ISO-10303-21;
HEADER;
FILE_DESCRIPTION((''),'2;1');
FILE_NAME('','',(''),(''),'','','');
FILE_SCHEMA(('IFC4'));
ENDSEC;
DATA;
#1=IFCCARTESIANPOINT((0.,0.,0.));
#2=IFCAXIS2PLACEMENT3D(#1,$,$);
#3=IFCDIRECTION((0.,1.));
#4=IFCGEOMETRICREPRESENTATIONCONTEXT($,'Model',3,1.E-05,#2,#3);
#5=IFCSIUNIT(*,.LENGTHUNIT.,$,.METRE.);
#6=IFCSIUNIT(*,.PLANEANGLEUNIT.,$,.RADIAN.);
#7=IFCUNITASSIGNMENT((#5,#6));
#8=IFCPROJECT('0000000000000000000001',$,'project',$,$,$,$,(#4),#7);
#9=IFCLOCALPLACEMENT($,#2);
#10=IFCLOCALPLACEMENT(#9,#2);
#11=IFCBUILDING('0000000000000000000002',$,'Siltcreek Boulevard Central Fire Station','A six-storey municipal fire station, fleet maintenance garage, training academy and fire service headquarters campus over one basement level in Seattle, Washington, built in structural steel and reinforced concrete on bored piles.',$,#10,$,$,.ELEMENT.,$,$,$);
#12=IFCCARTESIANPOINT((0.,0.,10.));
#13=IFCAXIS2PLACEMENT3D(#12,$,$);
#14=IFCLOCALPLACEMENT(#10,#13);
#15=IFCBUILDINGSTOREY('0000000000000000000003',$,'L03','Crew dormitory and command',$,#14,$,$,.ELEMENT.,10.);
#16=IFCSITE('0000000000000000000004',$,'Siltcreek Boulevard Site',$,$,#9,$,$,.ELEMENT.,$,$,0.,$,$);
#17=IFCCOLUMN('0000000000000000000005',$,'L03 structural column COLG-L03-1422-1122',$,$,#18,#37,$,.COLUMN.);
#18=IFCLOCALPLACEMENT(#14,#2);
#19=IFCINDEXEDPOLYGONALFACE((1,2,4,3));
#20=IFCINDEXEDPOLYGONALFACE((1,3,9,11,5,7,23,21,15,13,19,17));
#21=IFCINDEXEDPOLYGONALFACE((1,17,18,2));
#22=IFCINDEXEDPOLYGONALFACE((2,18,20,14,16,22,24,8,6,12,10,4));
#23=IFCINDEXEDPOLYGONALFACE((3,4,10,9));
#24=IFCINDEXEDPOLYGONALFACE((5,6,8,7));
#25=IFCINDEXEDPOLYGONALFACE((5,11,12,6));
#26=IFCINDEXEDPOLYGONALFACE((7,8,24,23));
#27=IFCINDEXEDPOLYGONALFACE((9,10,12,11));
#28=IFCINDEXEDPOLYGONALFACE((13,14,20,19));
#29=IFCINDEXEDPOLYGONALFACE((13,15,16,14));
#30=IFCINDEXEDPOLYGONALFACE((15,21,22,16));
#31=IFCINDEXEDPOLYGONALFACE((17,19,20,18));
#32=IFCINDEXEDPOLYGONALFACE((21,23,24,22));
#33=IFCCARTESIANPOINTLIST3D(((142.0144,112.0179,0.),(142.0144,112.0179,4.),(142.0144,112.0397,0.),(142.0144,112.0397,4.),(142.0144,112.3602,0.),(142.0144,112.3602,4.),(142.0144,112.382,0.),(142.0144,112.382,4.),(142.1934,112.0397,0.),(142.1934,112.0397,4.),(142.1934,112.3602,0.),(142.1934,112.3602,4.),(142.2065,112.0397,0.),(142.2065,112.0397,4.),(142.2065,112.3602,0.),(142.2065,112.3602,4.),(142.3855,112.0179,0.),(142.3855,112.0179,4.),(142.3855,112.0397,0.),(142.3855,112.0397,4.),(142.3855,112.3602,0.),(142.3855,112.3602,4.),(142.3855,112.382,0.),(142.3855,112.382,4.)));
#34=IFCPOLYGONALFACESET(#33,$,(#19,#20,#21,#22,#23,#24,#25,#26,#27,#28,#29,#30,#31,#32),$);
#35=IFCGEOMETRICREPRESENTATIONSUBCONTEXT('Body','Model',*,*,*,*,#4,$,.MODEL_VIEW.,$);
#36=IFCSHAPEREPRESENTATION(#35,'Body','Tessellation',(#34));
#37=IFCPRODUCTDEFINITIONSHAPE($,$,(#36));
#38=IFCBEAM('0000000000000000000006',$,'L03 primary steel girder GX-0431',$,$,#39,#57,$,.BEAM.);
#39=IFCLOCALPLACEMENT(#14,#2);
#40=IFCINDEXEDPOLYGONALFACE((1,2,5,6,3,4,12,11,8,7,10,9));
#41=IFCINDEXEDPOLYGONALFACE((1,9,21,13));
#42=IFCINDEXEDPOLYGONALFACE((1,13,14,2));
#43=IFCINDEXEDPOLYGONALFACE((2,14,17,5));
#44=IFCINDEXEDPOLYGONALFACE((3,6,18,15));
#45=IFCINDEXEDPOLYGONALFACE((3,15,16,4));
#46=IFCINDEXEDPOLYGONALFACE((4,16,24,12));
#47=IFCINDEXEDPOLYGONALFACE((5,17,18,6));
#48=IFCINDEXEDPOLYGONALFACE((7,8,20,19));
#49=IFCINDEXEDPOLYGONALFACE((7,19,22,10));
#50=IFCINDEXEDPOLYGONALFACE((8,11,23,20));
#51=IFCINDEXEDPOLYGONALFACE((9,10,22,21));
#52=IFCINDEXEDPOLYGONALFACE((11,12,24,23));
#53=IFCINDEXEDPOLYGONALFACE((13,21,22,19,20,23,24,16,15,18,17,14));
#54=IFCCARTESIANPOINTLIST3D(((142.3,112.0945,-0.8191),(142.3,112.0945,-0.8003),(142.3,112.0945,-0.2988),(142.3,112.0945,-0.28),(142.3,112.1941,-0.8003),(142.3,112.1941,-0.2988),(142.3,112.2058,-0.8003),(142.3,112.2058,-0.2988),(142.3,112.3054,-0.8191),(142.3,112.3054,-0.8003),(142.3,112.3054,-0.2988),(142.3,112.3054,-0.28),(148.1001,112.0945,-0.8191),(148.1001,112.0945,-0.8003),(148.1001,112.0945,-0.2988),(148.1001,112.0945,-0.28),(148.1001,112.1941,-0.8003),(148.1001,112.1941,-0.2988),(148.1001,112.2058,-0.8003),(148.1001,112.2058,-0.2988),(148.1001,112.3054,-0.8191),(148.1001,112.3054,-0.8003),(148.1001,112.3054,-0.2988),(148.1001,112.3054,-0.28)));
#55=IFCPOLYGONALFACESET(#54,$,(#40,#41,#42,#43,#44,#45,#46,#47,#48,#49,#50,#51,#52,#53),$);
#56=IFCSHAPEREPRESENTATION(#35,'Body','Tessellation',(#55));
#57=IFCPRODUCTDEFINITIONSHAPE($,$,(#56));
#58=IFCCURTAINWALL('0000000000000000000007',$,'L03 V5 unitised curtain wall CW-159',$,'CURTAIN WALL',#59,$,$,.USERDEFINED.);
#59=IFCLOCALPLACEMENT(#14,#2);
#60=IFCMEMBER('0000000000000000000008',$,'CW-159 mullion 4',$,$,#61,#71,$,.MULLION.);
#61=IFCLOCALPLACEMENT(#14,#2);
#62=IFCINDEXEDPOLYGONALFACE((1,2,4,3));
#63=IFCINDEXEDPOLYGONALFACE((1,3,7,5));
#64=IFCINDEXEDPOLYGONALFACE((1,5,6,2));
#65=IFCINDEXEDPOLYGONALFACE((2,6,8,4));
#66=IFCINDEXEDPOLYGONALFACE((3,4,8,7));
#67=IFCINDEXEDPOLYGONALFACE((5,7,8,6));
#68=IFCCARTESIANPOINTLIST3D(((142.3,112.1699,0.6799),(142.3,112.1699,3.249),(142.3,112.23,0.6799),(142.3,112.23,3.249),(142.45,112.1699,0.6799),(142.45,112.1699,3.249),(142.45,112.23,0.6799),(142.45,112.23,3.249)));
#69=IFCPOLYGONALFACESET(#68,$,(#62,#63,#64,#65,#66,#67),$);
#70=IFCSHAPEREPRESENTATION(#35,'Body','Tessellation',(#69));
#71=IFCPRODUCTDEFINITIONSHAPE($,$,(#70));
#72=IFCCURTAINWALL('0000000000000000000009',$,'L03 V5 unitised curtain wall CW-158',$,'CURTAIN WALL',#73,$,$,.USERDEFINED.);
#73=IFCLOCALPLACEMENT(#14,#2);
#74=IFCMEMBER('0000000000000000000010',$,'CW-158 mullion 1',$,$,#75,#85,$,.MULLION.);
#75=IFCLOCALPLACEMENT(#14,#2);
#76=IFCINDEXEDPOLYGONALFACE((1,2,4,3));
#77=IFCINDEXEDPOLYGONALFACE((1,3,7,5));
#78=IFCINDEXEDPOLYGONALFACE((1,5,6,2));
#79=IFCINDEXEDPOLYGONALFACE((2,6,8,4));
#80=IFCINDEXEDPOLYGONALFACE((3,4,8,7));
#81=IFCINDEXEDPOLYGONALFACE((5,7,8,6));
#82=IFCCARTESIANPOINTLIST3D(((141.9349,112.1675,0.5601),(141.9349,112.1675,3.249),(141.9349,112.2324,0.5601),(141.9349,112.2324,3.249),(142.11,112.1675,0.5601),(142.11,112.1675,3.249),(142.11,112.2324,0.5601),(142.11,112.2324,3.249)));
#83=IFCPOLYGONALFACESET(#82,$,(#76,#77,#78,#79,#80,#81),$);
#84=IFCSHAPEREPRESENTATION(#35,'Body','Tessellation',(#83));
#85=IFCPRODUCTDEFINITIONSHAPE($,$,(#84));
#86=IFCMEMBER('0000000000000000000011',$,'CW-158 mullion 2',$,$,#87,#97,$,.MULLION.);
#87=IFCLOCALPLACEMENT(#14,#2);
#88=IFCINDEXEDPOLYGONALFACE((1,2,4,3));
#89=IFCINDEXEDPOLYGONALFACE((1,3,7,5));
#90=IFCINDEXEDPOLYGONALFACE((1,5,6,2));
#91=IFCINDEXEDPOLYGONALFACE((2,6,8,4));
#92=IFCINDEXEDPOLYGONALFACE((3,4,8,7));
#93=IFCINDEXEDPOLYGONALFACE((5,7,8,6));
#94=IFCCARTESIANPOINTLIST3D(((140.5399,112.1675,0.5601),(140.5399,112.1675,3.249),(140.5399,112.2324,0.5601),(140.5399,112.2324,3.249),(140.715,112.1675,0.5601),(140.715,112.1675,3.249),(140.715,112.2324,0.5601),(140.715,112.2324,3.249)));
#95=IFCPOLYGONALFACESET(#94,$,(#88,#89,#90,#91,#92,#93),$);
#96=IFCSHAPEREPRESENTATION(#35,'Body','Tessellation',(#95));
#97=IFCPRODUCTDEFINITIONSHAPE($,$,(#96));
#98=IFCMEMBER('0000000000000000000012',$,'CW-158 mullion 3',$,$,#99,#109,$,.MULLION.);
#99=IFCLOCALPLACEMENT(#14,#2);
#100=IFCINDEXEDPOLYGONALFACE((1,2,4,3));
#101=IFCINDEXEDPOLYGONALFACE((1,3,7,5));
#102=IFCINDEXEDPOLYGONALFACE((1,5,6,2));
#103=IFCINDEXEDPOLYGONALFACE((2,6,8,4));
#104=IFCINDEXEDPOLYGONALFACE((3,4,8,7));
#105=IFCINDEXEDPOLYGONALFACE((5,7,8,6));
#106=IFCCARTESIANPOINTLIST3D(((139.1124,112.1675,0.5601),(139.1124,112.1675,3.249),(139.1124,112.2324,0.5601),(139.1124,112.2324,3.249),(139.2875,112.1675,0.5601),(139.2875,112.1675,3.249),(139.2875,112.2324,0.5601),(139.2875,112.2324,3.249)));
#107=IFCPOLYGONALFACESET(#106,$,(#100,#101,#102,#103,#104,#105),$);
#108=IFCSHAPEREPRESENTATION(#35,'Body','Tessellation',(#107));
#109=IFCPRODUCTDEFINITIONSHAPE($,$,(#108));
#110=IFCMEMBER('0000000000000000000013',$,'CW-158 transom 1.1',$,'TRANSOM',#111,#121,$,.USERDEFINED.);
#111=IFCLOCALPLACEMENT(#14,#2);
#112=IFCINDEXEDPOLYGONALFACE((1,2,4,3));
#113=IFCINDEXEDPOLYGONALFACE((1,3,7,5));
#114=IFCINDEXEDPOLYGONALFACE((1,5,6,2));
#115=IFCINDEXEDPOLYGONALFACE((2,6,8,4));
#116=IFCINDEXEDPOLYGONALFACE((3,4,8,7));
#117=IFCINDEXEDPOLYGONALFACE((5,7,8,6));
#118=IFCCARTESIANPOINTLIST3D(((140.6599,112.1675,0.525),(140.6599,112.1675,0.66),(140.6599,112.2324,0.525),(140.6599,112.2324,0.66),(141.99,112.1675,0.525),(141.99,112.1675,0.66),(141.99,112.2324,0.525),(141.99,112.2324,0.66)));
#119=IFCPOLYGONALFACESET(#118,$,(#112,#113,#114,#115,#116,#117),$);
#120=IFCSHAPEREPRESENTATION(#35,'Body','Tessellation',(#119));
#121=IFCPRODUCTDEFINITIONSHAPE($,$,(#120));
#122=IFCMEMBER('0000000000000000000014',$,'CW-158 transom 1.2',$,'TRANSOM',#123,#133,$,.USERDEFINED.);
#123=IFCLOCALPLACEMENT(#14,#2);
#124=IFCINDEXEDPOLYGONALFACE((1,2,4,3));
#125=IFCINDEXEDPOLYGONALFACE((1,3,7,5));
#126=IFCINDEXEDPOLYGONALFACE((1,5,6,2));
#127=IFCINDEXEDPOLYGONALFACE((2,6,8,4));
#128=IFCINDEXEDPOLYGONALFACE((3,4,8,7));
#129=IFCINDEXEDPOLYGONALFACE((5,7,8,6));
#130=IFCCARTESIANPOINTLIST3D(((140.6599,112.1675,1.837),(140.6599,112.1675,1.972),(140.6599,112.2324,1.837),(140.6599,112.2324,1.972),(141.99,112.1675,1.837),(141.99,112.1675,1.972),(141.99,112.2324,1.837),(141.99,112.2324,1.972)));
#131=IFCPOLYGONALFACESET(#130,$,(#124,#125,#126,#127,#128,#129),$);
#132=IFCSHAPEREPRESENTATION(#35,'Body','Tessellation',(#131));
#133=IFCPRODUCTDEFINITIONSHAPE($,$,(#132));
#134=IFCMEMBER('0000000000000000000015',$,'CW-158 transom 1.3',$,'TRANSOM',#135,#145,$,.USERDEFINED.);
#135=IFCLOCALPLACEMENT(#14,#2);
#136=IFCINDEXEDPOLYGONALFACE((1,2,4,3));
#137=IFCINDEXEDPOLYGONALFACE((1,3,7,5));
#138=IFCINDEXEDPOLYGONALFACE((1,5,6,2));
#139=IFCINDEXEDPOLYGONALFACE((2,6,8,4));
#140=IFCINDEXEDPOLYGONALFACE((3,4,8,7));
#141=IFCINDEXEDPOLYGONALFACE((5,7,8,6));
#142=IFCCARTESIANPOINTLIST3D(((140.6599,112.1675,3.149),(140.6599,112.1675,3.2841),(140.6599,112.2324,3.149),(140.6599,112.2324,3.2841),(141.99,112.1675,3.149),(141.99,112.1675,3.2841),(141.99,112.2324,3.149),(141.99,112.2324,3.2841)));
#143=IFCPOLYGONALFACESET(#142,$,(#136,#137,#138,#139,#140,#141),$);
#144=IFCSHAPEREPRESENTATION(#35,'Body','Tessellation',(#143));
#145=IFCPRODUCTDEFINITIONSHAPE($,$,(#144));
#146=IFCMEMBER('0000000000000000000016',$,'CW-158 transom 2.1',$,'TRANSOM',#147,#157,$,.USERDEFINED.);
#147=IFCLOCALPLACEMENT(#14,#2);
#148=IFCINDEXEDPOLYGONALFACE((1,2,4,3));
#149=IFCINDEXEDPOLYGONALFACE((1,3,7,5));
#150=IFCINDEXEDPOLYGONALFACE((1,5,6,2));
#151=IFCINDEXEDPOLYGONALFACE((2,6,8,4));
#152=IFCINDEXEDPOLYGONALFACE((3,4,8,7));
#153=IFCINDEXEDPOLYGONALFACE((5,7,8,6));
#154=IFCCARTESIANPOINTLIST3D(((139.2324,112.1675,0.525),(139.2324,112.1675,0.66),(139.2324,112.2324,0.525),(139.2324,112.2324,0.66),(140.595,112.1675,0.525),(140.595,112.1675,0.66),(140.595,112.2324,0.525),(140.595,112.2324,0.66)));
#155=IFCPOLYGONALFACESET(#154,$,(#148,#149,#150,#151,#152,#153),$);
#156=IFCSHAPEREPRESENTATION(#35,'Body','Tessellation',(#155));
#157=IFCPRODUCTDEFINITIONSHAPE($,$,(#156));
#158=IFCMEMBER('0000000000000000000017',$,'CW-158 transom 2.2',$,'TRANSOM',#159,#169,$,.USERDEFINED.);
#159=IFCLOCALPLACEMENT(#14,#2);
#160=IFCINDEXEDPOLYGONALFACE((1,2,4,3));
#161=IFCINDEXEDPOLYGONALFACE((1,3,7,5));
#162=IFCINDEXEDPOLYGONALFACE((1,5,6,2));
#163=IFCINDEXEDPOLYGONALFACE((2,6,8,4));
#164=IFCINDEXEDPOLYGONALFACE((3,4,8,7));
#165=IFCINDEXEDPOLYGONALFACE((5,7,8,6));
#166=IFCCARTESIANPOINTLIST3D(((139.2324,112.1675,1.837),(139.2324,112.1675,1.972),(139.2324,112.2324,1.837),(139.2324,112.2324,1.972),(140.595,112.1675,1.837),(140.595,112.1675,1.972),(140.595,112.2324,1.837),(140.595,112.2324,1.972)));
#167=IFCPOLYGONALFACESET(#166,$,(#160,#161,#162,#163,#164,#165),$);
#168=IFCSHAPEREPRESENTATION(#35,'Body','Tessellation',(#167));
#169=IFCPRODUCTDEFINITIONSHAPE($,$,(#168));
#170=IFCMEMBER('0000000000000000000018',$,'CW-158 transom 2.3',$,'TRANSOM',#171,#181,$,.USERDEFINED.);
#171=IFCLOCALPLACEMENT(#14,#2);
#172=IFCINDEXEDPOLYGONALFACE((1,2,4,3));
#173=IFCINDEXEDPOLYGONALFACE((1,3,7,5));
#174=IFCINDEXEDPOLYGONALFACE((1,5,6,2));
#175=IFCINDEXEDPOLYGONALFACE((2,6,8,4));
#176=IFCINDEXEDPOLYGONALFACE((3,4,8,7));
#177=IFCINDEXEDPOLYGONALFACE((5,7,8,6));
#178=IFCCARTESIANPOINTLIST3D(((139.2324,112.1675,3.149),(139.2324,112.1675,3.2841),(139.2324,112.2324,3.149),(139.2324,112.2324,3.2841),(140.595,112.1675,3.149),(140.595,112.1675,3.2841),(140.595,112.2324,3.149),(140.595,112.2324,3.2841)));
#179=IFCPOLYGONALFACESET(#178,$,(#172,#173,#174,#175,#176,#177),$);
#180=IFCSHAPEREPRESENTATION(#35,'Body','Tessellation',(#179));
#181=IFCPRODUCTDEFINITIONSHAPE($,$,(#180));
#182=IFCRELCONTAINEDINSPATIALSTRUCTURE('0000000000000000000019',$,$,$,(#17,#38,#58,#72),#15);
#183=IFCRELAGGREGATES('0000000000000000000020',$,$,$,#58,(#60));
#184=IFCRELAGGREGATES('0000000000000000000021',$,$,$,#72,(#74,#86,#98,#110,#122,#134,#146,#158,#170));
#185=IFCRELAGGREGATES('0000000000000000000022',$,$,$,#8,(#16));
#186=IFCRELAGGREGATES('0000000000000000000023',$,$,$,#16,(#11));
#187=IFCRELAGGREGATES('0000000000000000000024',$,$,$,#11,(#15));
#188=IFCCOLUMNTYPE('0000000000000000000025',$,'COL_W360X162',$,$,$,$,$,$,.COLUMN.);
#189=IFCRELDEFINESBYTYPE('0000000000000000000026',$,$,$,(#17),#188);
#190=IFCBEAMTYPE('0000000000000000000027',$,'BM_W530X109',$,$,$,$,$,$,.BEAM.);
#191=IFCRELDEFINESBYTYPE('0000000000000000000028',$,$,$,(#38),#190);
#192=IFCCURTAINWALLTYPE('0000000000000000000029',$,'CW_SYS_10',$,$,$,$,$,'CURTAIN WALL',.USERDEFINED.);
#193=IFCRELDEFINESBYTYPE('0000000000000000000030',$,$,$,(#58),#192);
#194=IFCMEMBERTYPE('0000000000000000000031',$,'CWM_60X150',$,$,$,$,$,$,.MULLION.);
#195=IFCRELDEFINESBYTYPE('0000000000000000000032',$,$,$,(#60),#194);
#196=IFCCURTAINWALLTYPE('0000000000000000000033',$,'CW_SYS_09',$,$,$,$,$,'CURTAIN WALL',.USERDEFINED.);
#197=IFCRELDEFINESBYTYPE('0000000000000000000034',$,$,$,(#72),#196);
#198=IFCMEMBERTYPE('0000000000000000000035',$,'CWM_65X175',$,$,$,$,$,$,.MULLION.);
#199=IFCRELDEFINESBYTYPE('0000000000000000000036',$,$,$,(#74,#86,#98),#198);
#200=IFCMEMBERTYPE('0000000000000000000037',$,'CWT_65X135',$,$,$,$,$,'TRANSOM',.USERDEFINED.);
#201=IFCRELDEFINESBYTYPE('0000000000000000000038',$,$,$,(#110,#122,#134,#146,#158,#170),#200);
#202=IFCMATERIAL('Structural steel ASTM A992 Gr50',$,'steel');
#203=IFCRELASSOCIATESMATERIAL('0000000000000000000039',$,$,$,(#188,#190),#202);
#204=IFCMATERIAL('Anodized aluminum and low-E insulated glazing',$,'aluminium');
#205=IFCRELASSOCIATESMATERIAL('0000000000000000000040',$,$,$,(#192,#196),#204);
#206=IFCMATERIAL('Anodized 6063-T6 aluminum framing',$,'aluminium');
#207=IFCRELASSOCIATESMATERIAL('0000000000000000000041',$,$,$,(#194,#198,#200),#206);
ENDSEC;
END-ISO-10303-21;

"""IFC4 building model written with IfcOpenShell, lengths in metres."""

from ifc_helpers import new_model, si_unit, direction, frame, origin, origin_2d, place, context, subcontext, project, spatial, rectangle, i_section, extrude, material, material_profile, profile_set, type_object, element, aggregate, save


model = new_model("IFC4")

# Units and contexts
model_context = context("Model", 3, precision=1e-05, world=origin(), true_north=direction((0.0, 1.0)))
body_context = subcontext(model_context, "Body", "Model", "MODEL_VIEW")
ifc_project = project(units=[si_unit("LENGTHUNIT", "METRE"), si_unit("PLANEANGLEUNIT", "RADIAN")], contexts=[model_context])

# Site, building, storey
site_placement = place(None, origin())
site = spatial("IfcSite", under=ifc_project, at=site_placement, Name="Siltcreek Boulevard Site", CompositionType="ELEMENT", RefElevation=0.0)
building_placement = place(site_placement, origin())
building = spatial("IfcBuilding", under=site, at=building_placement, Name="Siltcreek Boulevard Central Fire Station", Description="A six-storey municipal fire station, fleet maintenance garage, training academy and fire service headquarters campus over one basement level in Seattle, Washington, built in structural steel and reinforced concrete on bored piles.", CompositionType="ELEMENT")
storey_placement = place(building_placement, frame((0.0, 0.0, 10.0)))
storey = spatial("IfcBuildingStorey", under=building, at=storey_placement, Name="L03", Description="Crew dormitory and command", CompositionType="ELEMENT", Elevation=10.0)

# Column
ifc_material_1 = material(Name="Structural steel ASTM A992 Gr50", Category="steel")
ifc_material_profile_1 = material_profile(ifc_material_1, i_section(OverallWidth=0.3711, OverallDepth=0.364, WebThickness=0.0132, FlangeThickness=0.0217, at=origin_2d()), Name="W360X162")
ifc_profile_set_1 = profile_set([ifc_material_profile_1], Name="Structural steel ASTM A992 Gr50")
column_type = type_object("IfcColumnType", Name="COL_W360X162", PredefinedType="COLUMN", material=ifc_profile_set_1)
column_placement = place(storey_placement, frame((142.2, 112.2, 0.0), z_axis=(0.0, 0.0, 1.0), x_axis=(1.0, 0.0, 0.0)))
element("IfcColumn", 1, at=column_placement, inside=storey, type_object=column_type, Name="L03 structural column COLG-L03-1422-1122", PredefinedType="COLUMN", context=body_context, shape_type="SweptSolid", body=[
    extrude(i_section(OverallWidth=0.3711, OverallDepth=0.364, WebThickness=0.0132, FlangeThickness=0.0217, at=origin_2d()), origin(), (0.0, 0.0, 1.0), 4.0),
])

# Beam
ifc_material_profile_2 = material_profile(ifc_material_1, i_section(OverallWidth=0.2109, OverallDepth=0.5391, WebThickness=0.0117, FlangeThickness=0.0188, at=origin_2d()), Name="W530X109")
ifc_profile_set_2 = profile_set([ifc_material_profile_2], Name="Structural steel ASTM A992 Gr50")
beam_type = type_object("IfcBeamType", Name="BM_W530X109", PredefinedType="BEAM", material=ifc_profile_set_2)
beam_placement = place(storey_placement, frame((142.3, 112.2, -0.5496), z_axis=(1.0, 0.0, 0.0), x_axis=(0.0, 1.0, 0.0)))
element("IfcBeam", 2, at=beam_placement, inside=storey, type_object=beam_type, Name="L03 primary steel girder GX-0431", PredefinedType="BEAM", context=body_context, shape_type="SweptSolid", body=[
    extrude(i_section(OverallWidth=0.2109, OverallDepth=0.5391, WebThickness=0.0117, FlangeThickness=0.0188, at=origin_2d()), origin(), (0.0, 0.0, 1.0), 5.8),
])

# Curtain wall, member
ifc_material_2 = material(Name="Anodized aluminum and low-E insulated glazing", Category="aluminium")
curtain_wall_type_1 = type_object("IfcCurtainWallType", Name="CW_SYS_10", ElementType="CURTAIN WALL", PredefinedType="USERDEFINED", material=ifc_material_2)
curtain_wall_1_placement = place(storey_placement, origin())
curtain_wall_1 = element("IfcCurtainWall", 3, at=curtain_wall_1_placement, inside=storey, type_object=curtain_wall_type_1, Name="L03 V5 unitised curtain wall CW-159", ObjectType="CURTAIN WALL", PredefinedType="USERDEFINED")
ifc_material_3 = material(Name="Anodized 6063-T6 aluminum framing", Category="aluminium")
ifc_material_profile_3 = material_profile(ifc_material_3, rectangle(XDim=0.0601, YDim=0.1499, at=origin_2d()), Name="MULL60X150")
ifc_profile_set_3 = profile_set([ifc_material_profile_3], Name="Anodized 6063-T6 aluminum framing")
member_type_1 = type_object("IfcMemberType", Name="CWM_60X150", PredefinedType="MULLION", material=ifc_profile_set_3)
member_1_placement = place(storey_placement, frame((142.375, 112.2, 0.6799), z_axis=(0.0, 0.0, 1.0), x_axis=(0.0, -1.0, 0.0)))
member_1 = element("IfcMember", 4, at=member_1_placement, type_object=member_type_1, Name="CW-159 mullion 4", PredefinedType="MULLION", context=body_context, shape_type="SweptSolid", body=[
    extrude(rectangle(XDim=0.0601, YDim=0.1499, at=origin_2d()), origin(), (0.0, 0.0, 1.0), 2.5691),
])
aggregate(curtain_wall_1, [member_1])

# Curtain wall, members
curtain_wall_type_2 = type_object("IfcCurtainWallType", Name="CW_SYS_09", ElementType="CURTAIN WALL", PredefinedType="USERDEFINED", material=ifc_material_2)
curtain_wall_2_placement = place(storey_placement, origin())
curtain_wall_2 = element("IfcCurtainWall", 5, at=curtain_wall_2_placement, inside=storey, type_object=curtain_wall_type_2, Name="L03 V5 unitised curtain wall CW-158", ObjectType="CURTAIN WALL", PredefinedType="USERDEFINED")
ifc_material_profile_4 = material_profile(ifc_material_3, rectangle(XDim=0.0649, YDim=0.175, at=origin_2d()), Name="MULL65X175")
ifc_profile_set_4 = profile_set([ifc_material_profile_4], Name="Anodized 6063-T6 aluminum framing")
member_type_2 = type_object("IfcMemberType", Name="CWM_65X175", PredefinedType="MULLION", material=ifc_profile_set_4)
member_2_placement = place(storey_placement, frame((142.0225, 112.2, 0.5601), z_axis=(0.0, 0.0, 1.0), x_axis=(0.0, -1.0, 0.0)))
member_2 = element("IfcMember", 6, at=member_2_placement, type_object=member_type_2, Name="CW-158 mullion 1", PredefinedType="MULLION", context=body_context, shape_type="SweptSolid", body=[
    extrude(rectangle(XDim=0.0649, YDim=0.175, at=origin_2d()), origin(), (0.0, 0.0, 1.0), 2.689),
])
member_3_placement = place(storey_placement, frame((140.6274, 112.2, 0.5601), z_axis=(0.0, 0.0, 1.0), x_axis=(0.0, -1.0, 0.0)))
member_3 = element("IfcMember", 7, at=member_3_placement, type_object=member_type_2, Name="CW-158 mullion 2", PredefinedType="MULLION", context=body_context, shape_type="SweptSolid", body=[
    extrude(rectangle(XDim=0.0649, YDim=0.175, at=origin_2d()), origin(), (0.0, 0.0, 1.0), 2.689),
])
member_4_placement = place(storey_placement, frame((139.2, 112.2, 0.5601), z_axis=(0.0, 0.0, 1.0), x_axis=(0.0, -1.0, 0.0)))
member_4 = element("IfcMember", 8, at=member_4_placement, type_object=member_type_2, Name="CW-158 mullion 3", PredefinedType="MULLION", context=body_context, shape_type="SweptSolid", body=[
    extrude(rectangle(XDim=0.0649, YDim=0.175, at=origin_2d()), origin(), (0.0, 0.0, 1.0), 2.689),
])
ifc_material_profile_5 = material_profile(ifc_material_3, rectangle(XDim=0.0649, YDim=0.135, at=origin_2d()), Name="TRAN65X135")
ifc_profile_set_5 = profile_set([ifc_material_profile_5], Name="Anodized 6063-T6 aluminum framing")
member_type_3 = type_object("IfcMemberType", Name="CWT_65X135", ElementType="TRANSOM", PredefinedType="USERDEFINED", material=ifc_profile_set_5)
member_5_placement = place(storey_placement, frame((141.99, 112.2, 0.5925), z_axis=(-1.0, 0.0, 0.0), x_axis=(0.0, -1.0, 0.0)))
member_5 = element("IfcMember", 9, at=member_5_placement, type_object=member_type_3, Name="CW-158 transom 1.1", ObjectType="TRANSOM", PredefinedType="USERDEFINED", context=body_context, shape_type="SweptSolid", body=[
    extrude(rectangle(XDim=0.0649, YDim=0.135, at=origin_2d()), origin(), (0.0, 0.0, 1.0), 1.3301),
])
member_6_placement = place(storey_placement, frame((141.99, 112.2, 1.9045), z_axis=(-1.0, 0.0, 0.0), x_axis=(0.0, -1.0, 0.0)))
member_6 = element("IfcMember", 10, at=member_6_placement, type_object=member_type_3, Name="CW-158 transom 1.2", ObjectType="TRANSOM", PredefinedType="USERDEFINED", context=body_context, shape_type="SweptSolid", body=[
    extrude(rectangle(XDim=0.0649, YDim=0.135, at=origin_2d()), origin(), (0.0, 0.0, 1.0), 1.3301),
])
member_7_placement = place(storey_placement, frame((141.99, 112.2, 3.2166), z_axis=(-1.0, 0.0, 0.0), x_axis=(0.0, -1.0, 0.0)))
member_7 = element("IfcMember", 11, at=member_7_placement, type_object=member_type_3, Name="CW-158 transom 1.3", ObjectType="TRANSOM", PredefinedType="USERDEFINED", context=body_context, shape_type="SweptSolid", body=[
    extrude(rectangle(XDim=0.0649, YDim=0.135, at=origin_2d()), origin(), (0.0, 0.0, 1.0), 1.3301),
])
member_8_placement = place(storey_placement, frame((140.595, 112.2, 0.5925), z_axis=(-1.0, 0.0, 0.0), x_axis=(0.0, -1.0, 0.0)))
member_8 = element("IfcMember", 12, at=member_8_placement, type_object=member_type_3, Name="CW-158 transom 2.1", ObjectType="TRANSOM", PredefinedType="USERDEFINED", context=body_context, shape_type="SweptSolid", body=[
    extrude(rectangle(XDim=0.0649, YDim=0.135, at=origin_2d()), origin(), (0.0, 0.0, 1.0), 1.3625),
])
member_9_placement = place(storey_placement, frame((140.595, 112.2, 1.9045), z_axis=(-1.0, 0.0, 0.0), x_axis=(0.0, -1.0, 0.0)))
member_9 = element("IfcMember", 13, at=member_9_placement, type_object=member_type_3, Name="CW-158 transom 2.2", ObjectType="TRANSOM", PredefinedType="USERDEFINED", context=body_context, shape_type="SweptSolid", body=[
    extrude(rectangle(XDim=0.0649, YDim=0.135, at=origin_2d()), origin(), (0.0, 0.0, 1.0), 1.3625),
])
member_10_placement = place(storey_placement, frame((140.595, 112.2, 3.2166), z_axis=(-1.0, 0.0, 0.0), x_axis=(0.0, -1.0, 0.0)))
member_10 = element("IfcMember", 14, at=member_10_placement, type_object=member_type_3, Name="CW-158 transom 2.3", ObjectType="TRANSOM", PredefinedType="USERDEFINED", context=body_context, shape_type="SweptSolid", body=[
    extrude(rectangle(XDim=0.0649, YDim=0.135, at=origin_2d()), origin(), (0.0, 0.0, 1.0), 1.3625),
])
aggregate(curtain_wall_2, [member_2, member_3, member_4, member_5, member_6, member_7, member_8, member_9, member_10])

save(model, "model.ifc")
